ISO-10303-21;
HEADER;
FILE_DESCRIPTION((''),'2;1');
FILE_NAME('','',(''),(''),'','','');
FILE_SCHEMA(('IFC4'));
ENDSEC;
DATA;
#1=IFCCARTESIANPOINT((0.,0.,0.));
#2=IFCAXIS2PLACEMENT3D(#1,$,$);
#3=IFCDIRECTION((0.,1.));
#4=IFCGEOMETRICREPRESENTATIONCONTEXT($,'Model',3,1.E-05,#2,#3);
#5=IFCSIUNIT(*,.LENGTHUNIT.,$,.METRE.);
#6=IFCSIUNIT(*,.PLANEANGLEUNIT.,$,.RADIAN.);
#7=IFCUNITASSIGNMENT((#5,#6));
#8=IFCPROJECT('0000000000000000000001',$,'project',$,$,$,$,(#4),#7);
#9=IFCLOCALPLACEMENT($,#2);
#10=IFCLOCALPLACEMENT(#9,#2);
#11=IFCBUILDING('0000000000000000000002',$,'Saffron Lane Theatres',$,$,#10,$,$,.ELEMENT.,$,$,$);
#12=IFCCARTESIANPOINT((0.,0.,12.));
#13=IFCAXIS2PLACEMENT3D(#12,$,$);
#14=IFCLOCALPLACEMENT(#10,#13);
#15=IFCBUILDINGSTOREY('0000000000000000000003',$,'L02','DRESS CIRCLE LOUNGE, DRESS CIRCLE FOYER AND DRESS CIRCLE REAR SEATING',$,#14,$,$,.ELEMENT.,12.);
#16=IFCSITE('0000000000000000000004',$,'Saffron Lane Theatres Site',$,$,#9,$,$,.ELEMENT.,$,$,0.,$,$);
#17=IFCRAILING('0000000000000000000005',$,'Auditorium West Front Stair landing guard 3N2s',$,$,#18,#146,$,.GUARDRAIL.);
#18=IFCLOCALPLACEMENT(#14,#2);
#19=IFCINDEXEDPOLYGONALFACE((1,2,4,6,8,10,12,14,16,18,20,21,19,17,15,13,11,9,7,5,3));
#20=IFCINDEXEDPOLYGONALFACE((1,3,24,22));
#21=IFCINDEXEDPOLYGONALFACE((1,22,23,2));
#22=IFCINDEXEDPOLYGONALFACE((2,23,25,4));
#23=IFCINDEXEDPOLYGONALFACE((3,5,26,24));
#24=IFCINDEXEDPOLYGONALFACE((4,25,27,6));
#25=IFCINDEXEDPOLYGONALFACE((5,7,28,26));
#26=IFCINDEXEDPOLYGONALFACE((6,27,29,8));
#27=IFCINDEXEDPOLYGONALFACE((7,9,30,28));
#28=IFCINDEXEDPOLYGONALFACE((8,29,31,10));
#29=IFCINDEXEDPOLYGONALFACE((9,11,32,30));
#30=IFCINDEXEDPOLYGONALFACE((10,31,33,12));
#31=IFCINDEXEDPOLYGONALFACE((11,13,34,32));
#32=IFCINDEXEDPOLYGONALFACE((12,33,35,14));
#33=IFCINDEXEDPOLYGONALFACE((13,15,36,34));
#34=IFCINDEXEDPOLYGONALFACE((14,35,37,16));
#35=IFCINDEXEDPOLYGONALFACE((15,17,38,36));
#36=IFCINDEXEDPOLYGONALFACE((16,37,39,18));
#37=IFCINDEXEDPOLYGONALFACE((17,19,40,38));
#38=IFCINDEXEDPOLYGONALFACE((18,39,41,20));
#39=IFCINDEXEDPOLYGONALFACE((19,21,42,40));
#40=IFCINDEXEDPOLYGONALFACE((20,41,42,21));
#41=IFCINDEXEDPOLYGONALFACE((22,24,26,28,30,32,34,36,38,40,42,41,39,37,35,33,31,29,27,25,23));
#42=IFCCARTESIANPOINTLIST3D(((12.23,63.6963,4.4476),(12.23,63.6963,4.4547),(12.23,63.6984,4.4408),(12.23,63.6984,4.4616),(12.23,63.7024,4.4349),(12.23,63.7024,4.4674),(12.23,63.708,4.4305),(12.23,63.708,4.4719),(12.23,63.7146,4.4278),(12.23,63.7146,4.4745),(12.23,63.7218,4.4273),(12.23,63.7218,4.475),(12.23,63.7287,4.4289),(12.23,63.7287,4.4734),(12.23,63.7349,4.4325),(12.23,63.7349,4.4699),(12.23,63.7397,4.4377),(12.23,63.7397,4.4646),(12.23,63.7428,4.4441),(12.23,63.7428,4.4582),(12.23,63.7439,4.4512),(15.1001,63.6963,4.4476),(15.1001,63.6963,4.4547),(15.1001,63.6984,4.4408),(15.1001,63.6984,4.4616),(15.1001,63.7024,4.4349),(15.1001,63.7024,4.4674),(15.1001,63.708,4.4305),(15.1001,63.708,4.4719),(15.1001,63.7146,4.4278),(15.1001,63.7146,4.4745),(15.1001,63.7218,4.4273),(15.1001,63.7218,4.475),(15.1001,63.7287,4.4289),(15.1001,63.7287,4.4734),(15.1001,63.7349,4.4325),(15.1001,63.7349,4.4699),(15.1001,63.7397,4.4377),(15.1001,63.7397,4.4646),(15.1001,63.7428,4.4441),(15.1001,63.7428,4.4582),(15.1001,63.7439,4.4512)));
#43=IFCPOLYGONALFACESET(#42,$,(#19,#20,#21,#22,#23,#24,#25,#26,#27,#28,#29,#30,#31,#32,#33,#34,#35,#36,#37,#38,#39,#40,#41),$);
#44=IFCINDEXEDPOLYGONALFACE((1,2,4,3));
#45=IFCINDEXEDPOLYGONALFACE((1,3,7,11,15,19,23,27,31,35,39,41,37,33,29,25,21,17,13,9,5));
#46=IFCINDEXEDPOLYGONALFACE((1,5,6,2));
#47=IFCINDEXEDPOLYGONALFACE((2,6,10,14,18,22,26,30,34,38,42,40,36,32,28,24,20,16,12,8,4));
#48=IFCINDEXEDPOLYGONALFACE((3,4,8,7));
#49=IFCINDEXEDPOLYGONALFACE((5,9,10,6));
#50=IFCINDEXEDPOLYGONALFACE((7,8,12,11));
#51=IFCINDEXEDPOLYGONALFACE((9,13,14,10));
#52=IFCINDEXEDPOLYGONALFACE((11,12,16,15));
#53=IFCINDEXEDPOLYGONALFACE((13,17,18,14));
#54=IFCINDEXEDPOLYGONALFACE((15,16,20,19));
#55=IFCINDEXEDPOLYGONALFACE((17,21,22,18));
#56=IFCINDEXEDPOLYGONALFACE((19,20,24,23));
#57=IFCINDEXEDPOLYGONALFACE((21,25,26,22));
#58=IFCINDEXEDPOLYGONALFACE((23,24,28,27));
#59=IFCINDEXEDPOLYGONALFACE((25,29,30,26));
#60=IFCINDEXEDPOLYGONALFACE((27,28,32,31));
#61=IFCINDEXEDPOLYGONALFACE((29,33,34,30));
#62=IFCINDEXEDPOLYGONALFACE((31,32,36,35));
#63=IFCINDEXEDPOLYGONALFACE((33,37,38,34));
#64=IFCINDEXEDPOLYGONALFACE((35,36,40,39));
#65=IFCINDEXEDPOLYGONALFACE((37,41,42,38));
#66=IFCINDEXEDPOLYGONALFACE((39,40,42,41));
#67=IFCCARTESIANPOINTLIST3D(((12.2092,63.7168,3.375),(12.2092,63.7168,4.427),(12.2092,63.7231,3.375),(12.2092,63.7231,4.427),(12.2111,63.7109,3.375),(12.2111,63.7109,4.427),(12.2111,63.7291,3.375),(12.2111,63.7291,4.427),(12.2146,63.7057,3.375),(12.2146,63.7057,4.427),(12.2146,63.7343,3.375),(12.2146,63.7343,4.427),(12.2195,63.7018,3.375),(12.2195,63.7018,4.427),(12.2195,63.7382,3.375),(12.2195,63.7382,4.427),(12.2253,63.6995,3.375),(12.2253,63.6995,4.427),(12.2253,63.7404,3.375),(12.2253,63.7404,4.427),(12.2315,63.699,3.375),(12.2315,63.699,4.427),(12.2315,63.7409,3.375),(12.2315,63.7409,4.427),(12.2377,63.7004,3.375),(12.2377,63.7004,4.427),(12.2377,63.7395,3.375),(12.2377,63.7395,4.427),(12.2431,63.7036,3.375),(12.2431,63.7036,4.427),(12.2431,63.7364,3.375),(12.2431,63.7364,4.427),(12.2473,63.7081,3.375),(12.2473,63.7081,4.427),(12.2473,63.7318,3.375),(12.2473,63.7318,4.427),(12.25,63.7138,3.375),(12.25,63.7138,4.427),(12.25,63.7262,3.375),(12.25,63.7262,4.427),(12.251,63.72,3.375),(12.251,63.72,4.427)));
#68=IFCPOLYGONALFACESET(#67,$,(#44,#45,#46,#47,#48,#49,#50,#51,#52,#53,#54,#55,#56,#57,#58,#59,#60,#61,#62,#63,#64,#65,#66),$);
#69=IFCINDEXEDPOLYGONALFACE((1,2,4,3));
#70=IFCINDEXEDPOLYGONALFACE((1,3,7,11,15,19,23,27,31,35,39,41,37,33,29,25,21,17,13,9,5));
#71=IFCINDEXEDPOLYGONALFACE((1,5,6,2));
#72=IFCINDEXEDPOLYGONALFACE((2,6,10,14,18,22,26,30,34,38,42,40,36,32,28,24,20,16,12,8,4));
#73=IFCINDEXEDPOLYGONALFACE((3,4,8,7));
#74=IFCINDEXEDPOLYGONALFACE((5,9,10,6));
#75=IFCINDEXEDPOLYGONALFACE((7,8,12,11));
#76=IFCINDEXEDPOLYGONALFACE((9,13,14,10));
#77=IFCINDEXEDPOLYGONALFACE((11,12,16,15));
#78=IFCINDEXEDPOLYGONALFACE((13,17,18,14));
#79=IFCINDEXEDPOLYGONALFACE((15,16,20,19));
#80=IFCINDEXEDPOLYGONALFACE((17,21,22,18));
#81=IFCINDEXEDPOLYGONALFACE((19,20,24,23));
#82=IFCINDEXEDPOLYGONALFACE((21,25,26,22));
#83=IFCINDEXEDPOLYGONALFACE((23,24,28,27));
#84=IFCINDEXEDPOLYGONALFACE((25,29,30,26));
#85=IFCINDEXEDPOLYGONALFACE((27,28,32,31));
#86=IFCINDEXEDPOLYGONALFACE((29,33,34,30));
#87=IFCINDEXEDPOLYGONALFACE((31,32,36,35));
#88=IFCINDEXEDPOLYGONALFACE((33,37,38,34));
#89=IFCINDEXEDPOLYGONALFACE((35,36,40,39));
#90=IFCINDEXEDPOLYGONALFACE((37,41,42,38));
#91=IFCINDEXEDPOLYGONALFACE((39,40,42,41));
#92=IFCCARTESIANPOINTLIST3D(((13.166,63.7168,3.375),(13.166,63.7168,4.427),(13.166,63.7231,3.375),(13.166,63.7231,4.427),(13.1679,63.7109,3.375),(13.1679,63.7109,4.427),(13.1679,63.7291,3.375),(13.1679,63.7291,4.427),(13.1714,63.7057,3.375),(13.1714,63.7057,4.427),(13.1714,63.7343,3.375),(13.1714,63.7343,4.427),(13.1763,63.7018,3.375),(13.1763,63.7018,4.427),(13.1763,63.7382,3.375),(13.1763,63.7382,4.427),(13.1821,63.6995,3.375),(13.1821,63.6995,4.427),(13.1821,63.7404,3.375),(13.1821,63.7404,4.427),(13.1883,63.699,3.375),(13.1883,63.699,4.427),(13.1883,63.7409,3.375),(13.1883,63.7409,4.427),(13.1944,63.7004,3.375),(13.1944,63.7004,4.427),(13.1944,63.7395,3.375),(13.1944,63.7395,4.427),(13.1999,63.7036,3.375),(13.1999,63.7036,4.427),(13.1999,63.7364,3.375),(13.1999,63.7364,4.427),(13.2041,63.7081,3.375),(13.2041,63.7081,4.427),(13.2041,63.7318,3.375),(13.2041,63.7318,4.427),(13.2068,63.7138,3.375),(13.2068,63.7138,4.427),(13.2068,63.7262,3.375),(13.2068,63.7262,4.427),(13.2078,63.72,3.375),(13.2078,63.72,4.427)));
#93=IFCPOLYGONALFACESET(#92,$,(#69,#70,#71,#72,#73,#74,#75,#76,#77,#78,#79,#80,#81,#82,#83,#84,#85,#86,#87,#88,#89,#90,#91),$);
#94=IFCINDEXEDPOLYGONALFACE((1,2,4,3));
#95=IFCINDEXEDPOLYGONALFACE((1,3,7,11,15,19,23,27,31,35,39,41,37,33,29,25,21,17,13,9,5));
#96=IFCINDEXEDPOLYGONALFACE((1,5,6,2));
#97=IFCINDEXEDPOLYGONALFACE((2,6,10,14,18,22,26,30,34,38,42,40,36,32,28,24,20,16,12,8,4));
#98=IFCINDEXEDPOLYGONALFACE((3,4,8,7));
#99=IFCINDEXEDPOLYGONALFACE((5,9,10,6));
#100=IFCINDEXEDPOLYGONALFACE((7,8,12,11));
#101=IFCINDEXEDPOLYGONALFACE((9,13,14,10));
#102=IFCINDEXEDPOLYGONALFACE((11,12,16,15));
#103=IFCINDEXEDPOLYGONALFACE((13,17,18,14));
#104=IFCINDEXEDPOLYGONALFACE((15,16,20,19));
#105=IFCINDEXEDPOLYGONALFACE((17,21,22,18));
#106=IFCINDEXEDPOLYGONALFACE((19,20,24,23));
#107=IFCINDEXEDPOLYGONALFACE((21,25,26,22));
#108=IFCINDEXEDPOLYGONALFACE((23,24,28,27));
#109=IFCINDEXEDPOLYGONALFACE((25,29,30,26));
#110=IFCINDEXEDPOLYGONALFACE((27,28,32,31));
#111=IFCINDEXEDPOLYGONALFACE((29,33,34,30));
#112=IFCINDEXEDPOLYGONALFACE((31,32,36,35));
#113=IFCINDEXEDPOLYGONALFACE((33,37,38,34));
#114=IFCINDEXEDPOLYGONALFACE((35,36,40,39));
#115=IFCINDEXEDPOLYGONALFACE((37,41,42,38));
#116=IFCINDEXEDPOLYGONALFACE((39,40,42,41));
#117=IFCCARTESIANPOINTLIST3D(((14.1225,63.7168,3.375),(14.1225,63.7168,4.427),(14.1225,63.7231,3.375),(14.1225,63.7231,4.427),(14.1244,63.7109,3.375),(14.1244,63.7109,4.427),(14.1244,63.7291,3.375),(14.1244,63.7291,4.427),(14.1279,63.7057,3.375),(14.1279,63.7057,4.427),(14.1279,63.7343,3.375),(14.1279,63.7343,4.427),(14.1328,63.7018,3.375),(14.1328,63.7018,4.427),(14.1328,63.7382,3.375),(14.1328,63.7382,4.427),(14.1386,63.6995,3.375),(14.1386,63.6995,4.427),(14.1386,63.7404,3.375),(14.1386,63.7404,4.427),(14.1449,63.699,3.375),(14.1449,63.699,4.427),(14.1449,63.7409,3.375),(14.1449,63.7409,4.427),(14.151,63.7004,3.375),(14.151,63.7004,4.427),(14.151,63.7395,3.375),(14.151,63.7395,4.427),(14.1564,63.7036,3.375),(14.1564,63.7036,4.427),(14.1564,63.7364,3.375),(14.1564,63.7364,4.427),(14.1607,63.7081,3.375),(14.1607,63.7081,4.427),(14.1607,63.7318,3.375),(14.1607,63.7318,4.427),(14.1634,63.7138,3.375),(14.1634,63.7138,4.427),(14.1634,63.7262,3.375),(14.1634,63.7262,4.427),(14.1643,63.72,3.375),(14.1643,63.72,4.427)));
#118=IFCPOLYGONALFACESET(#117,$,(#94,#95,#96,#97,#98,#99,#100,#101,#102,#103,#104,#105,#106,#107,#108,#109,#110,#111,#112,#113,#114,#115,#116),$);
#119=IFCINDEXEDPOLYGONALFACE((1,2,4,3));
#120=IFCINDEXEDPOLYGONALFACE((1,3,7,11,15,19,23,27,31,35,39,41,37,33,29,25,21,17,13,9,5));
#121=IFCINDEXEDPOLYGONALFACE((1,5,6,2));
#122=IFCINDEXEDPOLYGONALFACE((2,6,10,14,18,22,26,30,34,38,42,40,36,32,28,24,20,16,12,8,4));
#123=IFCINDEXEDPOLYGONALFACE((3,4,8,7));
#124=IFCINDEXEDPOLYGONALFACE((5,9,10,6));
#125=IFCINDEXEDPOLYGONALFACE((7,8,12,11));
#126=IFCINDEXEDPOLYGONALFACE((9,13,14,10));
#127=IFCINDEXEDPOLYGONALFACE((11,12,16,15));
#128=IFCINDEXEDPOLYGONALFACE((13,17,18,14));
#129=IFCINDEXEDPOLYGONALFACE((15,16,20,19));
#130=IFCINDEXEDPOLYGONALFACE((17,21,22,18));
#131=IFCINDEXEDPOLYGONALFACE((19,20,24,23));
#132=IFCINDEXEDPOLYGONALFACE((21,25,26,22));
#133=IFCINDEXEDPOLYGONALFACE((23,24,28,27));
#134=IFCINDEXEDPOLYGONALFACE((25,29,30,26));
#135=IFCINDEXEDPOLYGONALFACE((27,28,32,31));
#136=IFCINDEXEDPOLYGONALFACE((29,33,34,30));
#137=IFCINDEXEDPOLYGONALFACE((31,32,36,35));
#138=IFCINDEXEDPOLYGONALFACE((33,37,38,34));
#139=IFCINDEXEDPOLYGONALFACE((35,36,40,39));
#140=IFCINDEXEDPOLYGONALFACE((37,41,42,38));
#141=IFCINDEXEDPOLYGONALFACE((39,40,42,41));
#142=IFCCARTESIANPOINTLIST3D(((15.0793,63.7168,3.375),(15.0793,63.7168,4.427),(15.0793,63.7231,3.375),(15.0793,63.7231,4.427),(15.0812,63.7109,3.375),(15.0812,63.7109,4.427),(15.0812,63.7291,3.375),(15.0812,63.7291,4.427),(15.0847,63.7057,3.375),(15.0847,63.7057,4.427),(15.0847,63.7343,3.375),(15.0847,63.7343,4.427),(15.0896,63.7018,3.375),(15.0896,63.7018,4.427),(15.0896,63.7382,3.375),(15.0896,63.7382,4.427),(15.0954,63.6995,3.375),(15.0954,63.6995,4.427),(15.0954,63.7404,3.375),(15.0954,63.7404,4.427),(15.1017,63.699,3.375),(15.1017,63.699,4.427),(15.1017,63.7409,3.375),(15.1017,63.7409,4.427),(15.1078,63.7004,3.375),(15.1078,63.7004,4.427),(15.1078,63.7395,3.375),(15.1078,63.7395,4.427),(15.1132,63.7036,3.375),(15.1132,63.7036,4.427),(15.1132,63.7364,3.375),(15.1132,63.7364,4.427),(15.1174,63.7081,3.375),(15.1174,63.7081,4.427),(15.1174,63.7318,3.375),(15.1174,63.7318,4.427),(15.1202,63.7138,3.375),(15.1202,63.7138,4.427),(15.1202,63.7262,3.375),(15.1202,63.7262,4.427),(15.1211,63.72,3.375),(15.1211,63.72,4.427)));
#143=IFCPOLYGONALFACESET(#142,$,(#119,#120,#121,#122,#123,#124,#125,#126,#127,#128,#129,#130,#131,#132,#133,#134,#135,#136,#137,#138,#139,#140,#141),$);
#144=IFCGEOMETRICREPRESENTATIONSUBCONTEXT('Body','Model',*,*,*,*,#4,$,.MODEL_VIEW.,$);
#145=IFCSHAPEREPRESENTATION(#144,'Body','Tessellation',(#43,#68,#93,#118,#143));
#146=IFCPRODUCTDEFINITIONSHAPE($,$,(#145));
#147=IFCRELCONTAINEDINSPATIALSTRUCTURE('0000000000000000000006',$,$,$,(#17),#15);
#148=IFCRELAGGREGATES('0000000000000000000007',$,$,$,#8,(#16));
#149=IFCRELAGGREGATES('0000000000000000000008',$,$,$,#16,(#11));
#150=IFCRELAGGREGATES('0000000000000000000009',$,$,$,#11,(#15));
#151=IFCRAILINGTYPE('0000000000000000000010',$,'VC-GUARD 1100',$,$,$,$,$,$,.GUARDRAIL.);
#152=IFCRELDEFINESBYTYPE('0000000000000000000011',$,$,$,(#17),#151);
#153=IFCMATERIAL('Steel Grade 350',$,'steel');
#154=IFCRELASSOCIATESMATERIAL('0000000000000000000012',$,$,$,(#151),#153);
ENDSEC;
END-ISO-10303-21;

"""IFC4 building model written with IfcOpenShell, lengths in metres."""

from ifc_helpers import new_model, si_unit, direction, frame, origin, origin_2d, place, context, subcontext, project, spatial, circle, extrude, material, type_object, element, save


model = new_model("IFC4")

# Units and contexts
model_context = context("Model", 3, precision=1e-05, world=origin(), true_north=direction((0.0, 1.0)))
body_context = subcontext(model_context, "Body", "Model", "MODEL_VIEW")
ifc_project = project(units=[si_unit("LENGTHUNIT", "METRE"), si_unit("PLANEANGLEUNIT", "RADIAN")], contexts=[model_context])

# Site, building, storey
site_placement = place(None, origin())
site = spatial("IfcSite", under=ifc_project, at=site_placement, Name="Saffron Lane Theatres Site", CompositionType="ELEMENT", RefElevation=0.0)
building_placement = place(site_placement, origin())
building = spatial("IfcBuilding", under=site, at=building_placement, Name="Saffron Lane Theatres", CompositionType="ELEMENT")
storey_placement = place(building_placement, frame((0.0, 0.0, 12.0)))
storey = spatial("IfcBuildingStorey", under=building, at=storey_placement, Name="L02", Description="DRESS CIRCLE LOUNGE, DRESS CIRCLE FOYER AND DRESS CIRCLE REAR SEATING", CompositionType="ELEMENT", Elevation=12.0)

# Railing
ifc_material_1 = material(Name="Steel Grade 350", Category="steel")
railing_type_1 = type_object("IfcRailingType", Name="VC-GUARD 1100", PredefinedType="GUARDRAIL", material=ifc_material_1)
railing_1_placement = place(storey_placement, frame((12.23, 63.72, 3.375)))
element("IfcRailing", 1, at=railing_1_placement, inside=storey, type_object=railing_type_1, Name="Auditorium West Front Stair landing guard 3N2s", PredefinedType="GUARDRAIL", context=body_context, shape_type="SweptSolid", body=[
    extrude(circle(Radius=0.0239, at=origin_2d()), frame((0.0, 0.0, 1.0762), z_axis=(1.0, 0.0, 0.0), x_axis=(0.0, 1.0, 0.0)), (0.0, 0.0, 1.0), 2.8701),
    extrude(circle(Radius=0.021, at=origin_2d()), origin(), (0.0, 0.0, 1.0), 1.052),
    extrude(circle(Radius=0.021, at=origin_2d()), frame((0.9568, 0.0, 0.0)), (0.0, 0.0, 1.0), 1.052),
    extrude(circle(Radius=0.021, at=origin_2d()), frame((1.9133, 0.0, 0.0)), (0.0, 0.0, 1.0), 1.052),
    extrude(circle(Radius=0.021, at=origin_2d()), frame((2.8701, 0.0, 0.0)), (0.0, 0.0, 1.0), 1.052),
])

save(model, "model.ifc")
